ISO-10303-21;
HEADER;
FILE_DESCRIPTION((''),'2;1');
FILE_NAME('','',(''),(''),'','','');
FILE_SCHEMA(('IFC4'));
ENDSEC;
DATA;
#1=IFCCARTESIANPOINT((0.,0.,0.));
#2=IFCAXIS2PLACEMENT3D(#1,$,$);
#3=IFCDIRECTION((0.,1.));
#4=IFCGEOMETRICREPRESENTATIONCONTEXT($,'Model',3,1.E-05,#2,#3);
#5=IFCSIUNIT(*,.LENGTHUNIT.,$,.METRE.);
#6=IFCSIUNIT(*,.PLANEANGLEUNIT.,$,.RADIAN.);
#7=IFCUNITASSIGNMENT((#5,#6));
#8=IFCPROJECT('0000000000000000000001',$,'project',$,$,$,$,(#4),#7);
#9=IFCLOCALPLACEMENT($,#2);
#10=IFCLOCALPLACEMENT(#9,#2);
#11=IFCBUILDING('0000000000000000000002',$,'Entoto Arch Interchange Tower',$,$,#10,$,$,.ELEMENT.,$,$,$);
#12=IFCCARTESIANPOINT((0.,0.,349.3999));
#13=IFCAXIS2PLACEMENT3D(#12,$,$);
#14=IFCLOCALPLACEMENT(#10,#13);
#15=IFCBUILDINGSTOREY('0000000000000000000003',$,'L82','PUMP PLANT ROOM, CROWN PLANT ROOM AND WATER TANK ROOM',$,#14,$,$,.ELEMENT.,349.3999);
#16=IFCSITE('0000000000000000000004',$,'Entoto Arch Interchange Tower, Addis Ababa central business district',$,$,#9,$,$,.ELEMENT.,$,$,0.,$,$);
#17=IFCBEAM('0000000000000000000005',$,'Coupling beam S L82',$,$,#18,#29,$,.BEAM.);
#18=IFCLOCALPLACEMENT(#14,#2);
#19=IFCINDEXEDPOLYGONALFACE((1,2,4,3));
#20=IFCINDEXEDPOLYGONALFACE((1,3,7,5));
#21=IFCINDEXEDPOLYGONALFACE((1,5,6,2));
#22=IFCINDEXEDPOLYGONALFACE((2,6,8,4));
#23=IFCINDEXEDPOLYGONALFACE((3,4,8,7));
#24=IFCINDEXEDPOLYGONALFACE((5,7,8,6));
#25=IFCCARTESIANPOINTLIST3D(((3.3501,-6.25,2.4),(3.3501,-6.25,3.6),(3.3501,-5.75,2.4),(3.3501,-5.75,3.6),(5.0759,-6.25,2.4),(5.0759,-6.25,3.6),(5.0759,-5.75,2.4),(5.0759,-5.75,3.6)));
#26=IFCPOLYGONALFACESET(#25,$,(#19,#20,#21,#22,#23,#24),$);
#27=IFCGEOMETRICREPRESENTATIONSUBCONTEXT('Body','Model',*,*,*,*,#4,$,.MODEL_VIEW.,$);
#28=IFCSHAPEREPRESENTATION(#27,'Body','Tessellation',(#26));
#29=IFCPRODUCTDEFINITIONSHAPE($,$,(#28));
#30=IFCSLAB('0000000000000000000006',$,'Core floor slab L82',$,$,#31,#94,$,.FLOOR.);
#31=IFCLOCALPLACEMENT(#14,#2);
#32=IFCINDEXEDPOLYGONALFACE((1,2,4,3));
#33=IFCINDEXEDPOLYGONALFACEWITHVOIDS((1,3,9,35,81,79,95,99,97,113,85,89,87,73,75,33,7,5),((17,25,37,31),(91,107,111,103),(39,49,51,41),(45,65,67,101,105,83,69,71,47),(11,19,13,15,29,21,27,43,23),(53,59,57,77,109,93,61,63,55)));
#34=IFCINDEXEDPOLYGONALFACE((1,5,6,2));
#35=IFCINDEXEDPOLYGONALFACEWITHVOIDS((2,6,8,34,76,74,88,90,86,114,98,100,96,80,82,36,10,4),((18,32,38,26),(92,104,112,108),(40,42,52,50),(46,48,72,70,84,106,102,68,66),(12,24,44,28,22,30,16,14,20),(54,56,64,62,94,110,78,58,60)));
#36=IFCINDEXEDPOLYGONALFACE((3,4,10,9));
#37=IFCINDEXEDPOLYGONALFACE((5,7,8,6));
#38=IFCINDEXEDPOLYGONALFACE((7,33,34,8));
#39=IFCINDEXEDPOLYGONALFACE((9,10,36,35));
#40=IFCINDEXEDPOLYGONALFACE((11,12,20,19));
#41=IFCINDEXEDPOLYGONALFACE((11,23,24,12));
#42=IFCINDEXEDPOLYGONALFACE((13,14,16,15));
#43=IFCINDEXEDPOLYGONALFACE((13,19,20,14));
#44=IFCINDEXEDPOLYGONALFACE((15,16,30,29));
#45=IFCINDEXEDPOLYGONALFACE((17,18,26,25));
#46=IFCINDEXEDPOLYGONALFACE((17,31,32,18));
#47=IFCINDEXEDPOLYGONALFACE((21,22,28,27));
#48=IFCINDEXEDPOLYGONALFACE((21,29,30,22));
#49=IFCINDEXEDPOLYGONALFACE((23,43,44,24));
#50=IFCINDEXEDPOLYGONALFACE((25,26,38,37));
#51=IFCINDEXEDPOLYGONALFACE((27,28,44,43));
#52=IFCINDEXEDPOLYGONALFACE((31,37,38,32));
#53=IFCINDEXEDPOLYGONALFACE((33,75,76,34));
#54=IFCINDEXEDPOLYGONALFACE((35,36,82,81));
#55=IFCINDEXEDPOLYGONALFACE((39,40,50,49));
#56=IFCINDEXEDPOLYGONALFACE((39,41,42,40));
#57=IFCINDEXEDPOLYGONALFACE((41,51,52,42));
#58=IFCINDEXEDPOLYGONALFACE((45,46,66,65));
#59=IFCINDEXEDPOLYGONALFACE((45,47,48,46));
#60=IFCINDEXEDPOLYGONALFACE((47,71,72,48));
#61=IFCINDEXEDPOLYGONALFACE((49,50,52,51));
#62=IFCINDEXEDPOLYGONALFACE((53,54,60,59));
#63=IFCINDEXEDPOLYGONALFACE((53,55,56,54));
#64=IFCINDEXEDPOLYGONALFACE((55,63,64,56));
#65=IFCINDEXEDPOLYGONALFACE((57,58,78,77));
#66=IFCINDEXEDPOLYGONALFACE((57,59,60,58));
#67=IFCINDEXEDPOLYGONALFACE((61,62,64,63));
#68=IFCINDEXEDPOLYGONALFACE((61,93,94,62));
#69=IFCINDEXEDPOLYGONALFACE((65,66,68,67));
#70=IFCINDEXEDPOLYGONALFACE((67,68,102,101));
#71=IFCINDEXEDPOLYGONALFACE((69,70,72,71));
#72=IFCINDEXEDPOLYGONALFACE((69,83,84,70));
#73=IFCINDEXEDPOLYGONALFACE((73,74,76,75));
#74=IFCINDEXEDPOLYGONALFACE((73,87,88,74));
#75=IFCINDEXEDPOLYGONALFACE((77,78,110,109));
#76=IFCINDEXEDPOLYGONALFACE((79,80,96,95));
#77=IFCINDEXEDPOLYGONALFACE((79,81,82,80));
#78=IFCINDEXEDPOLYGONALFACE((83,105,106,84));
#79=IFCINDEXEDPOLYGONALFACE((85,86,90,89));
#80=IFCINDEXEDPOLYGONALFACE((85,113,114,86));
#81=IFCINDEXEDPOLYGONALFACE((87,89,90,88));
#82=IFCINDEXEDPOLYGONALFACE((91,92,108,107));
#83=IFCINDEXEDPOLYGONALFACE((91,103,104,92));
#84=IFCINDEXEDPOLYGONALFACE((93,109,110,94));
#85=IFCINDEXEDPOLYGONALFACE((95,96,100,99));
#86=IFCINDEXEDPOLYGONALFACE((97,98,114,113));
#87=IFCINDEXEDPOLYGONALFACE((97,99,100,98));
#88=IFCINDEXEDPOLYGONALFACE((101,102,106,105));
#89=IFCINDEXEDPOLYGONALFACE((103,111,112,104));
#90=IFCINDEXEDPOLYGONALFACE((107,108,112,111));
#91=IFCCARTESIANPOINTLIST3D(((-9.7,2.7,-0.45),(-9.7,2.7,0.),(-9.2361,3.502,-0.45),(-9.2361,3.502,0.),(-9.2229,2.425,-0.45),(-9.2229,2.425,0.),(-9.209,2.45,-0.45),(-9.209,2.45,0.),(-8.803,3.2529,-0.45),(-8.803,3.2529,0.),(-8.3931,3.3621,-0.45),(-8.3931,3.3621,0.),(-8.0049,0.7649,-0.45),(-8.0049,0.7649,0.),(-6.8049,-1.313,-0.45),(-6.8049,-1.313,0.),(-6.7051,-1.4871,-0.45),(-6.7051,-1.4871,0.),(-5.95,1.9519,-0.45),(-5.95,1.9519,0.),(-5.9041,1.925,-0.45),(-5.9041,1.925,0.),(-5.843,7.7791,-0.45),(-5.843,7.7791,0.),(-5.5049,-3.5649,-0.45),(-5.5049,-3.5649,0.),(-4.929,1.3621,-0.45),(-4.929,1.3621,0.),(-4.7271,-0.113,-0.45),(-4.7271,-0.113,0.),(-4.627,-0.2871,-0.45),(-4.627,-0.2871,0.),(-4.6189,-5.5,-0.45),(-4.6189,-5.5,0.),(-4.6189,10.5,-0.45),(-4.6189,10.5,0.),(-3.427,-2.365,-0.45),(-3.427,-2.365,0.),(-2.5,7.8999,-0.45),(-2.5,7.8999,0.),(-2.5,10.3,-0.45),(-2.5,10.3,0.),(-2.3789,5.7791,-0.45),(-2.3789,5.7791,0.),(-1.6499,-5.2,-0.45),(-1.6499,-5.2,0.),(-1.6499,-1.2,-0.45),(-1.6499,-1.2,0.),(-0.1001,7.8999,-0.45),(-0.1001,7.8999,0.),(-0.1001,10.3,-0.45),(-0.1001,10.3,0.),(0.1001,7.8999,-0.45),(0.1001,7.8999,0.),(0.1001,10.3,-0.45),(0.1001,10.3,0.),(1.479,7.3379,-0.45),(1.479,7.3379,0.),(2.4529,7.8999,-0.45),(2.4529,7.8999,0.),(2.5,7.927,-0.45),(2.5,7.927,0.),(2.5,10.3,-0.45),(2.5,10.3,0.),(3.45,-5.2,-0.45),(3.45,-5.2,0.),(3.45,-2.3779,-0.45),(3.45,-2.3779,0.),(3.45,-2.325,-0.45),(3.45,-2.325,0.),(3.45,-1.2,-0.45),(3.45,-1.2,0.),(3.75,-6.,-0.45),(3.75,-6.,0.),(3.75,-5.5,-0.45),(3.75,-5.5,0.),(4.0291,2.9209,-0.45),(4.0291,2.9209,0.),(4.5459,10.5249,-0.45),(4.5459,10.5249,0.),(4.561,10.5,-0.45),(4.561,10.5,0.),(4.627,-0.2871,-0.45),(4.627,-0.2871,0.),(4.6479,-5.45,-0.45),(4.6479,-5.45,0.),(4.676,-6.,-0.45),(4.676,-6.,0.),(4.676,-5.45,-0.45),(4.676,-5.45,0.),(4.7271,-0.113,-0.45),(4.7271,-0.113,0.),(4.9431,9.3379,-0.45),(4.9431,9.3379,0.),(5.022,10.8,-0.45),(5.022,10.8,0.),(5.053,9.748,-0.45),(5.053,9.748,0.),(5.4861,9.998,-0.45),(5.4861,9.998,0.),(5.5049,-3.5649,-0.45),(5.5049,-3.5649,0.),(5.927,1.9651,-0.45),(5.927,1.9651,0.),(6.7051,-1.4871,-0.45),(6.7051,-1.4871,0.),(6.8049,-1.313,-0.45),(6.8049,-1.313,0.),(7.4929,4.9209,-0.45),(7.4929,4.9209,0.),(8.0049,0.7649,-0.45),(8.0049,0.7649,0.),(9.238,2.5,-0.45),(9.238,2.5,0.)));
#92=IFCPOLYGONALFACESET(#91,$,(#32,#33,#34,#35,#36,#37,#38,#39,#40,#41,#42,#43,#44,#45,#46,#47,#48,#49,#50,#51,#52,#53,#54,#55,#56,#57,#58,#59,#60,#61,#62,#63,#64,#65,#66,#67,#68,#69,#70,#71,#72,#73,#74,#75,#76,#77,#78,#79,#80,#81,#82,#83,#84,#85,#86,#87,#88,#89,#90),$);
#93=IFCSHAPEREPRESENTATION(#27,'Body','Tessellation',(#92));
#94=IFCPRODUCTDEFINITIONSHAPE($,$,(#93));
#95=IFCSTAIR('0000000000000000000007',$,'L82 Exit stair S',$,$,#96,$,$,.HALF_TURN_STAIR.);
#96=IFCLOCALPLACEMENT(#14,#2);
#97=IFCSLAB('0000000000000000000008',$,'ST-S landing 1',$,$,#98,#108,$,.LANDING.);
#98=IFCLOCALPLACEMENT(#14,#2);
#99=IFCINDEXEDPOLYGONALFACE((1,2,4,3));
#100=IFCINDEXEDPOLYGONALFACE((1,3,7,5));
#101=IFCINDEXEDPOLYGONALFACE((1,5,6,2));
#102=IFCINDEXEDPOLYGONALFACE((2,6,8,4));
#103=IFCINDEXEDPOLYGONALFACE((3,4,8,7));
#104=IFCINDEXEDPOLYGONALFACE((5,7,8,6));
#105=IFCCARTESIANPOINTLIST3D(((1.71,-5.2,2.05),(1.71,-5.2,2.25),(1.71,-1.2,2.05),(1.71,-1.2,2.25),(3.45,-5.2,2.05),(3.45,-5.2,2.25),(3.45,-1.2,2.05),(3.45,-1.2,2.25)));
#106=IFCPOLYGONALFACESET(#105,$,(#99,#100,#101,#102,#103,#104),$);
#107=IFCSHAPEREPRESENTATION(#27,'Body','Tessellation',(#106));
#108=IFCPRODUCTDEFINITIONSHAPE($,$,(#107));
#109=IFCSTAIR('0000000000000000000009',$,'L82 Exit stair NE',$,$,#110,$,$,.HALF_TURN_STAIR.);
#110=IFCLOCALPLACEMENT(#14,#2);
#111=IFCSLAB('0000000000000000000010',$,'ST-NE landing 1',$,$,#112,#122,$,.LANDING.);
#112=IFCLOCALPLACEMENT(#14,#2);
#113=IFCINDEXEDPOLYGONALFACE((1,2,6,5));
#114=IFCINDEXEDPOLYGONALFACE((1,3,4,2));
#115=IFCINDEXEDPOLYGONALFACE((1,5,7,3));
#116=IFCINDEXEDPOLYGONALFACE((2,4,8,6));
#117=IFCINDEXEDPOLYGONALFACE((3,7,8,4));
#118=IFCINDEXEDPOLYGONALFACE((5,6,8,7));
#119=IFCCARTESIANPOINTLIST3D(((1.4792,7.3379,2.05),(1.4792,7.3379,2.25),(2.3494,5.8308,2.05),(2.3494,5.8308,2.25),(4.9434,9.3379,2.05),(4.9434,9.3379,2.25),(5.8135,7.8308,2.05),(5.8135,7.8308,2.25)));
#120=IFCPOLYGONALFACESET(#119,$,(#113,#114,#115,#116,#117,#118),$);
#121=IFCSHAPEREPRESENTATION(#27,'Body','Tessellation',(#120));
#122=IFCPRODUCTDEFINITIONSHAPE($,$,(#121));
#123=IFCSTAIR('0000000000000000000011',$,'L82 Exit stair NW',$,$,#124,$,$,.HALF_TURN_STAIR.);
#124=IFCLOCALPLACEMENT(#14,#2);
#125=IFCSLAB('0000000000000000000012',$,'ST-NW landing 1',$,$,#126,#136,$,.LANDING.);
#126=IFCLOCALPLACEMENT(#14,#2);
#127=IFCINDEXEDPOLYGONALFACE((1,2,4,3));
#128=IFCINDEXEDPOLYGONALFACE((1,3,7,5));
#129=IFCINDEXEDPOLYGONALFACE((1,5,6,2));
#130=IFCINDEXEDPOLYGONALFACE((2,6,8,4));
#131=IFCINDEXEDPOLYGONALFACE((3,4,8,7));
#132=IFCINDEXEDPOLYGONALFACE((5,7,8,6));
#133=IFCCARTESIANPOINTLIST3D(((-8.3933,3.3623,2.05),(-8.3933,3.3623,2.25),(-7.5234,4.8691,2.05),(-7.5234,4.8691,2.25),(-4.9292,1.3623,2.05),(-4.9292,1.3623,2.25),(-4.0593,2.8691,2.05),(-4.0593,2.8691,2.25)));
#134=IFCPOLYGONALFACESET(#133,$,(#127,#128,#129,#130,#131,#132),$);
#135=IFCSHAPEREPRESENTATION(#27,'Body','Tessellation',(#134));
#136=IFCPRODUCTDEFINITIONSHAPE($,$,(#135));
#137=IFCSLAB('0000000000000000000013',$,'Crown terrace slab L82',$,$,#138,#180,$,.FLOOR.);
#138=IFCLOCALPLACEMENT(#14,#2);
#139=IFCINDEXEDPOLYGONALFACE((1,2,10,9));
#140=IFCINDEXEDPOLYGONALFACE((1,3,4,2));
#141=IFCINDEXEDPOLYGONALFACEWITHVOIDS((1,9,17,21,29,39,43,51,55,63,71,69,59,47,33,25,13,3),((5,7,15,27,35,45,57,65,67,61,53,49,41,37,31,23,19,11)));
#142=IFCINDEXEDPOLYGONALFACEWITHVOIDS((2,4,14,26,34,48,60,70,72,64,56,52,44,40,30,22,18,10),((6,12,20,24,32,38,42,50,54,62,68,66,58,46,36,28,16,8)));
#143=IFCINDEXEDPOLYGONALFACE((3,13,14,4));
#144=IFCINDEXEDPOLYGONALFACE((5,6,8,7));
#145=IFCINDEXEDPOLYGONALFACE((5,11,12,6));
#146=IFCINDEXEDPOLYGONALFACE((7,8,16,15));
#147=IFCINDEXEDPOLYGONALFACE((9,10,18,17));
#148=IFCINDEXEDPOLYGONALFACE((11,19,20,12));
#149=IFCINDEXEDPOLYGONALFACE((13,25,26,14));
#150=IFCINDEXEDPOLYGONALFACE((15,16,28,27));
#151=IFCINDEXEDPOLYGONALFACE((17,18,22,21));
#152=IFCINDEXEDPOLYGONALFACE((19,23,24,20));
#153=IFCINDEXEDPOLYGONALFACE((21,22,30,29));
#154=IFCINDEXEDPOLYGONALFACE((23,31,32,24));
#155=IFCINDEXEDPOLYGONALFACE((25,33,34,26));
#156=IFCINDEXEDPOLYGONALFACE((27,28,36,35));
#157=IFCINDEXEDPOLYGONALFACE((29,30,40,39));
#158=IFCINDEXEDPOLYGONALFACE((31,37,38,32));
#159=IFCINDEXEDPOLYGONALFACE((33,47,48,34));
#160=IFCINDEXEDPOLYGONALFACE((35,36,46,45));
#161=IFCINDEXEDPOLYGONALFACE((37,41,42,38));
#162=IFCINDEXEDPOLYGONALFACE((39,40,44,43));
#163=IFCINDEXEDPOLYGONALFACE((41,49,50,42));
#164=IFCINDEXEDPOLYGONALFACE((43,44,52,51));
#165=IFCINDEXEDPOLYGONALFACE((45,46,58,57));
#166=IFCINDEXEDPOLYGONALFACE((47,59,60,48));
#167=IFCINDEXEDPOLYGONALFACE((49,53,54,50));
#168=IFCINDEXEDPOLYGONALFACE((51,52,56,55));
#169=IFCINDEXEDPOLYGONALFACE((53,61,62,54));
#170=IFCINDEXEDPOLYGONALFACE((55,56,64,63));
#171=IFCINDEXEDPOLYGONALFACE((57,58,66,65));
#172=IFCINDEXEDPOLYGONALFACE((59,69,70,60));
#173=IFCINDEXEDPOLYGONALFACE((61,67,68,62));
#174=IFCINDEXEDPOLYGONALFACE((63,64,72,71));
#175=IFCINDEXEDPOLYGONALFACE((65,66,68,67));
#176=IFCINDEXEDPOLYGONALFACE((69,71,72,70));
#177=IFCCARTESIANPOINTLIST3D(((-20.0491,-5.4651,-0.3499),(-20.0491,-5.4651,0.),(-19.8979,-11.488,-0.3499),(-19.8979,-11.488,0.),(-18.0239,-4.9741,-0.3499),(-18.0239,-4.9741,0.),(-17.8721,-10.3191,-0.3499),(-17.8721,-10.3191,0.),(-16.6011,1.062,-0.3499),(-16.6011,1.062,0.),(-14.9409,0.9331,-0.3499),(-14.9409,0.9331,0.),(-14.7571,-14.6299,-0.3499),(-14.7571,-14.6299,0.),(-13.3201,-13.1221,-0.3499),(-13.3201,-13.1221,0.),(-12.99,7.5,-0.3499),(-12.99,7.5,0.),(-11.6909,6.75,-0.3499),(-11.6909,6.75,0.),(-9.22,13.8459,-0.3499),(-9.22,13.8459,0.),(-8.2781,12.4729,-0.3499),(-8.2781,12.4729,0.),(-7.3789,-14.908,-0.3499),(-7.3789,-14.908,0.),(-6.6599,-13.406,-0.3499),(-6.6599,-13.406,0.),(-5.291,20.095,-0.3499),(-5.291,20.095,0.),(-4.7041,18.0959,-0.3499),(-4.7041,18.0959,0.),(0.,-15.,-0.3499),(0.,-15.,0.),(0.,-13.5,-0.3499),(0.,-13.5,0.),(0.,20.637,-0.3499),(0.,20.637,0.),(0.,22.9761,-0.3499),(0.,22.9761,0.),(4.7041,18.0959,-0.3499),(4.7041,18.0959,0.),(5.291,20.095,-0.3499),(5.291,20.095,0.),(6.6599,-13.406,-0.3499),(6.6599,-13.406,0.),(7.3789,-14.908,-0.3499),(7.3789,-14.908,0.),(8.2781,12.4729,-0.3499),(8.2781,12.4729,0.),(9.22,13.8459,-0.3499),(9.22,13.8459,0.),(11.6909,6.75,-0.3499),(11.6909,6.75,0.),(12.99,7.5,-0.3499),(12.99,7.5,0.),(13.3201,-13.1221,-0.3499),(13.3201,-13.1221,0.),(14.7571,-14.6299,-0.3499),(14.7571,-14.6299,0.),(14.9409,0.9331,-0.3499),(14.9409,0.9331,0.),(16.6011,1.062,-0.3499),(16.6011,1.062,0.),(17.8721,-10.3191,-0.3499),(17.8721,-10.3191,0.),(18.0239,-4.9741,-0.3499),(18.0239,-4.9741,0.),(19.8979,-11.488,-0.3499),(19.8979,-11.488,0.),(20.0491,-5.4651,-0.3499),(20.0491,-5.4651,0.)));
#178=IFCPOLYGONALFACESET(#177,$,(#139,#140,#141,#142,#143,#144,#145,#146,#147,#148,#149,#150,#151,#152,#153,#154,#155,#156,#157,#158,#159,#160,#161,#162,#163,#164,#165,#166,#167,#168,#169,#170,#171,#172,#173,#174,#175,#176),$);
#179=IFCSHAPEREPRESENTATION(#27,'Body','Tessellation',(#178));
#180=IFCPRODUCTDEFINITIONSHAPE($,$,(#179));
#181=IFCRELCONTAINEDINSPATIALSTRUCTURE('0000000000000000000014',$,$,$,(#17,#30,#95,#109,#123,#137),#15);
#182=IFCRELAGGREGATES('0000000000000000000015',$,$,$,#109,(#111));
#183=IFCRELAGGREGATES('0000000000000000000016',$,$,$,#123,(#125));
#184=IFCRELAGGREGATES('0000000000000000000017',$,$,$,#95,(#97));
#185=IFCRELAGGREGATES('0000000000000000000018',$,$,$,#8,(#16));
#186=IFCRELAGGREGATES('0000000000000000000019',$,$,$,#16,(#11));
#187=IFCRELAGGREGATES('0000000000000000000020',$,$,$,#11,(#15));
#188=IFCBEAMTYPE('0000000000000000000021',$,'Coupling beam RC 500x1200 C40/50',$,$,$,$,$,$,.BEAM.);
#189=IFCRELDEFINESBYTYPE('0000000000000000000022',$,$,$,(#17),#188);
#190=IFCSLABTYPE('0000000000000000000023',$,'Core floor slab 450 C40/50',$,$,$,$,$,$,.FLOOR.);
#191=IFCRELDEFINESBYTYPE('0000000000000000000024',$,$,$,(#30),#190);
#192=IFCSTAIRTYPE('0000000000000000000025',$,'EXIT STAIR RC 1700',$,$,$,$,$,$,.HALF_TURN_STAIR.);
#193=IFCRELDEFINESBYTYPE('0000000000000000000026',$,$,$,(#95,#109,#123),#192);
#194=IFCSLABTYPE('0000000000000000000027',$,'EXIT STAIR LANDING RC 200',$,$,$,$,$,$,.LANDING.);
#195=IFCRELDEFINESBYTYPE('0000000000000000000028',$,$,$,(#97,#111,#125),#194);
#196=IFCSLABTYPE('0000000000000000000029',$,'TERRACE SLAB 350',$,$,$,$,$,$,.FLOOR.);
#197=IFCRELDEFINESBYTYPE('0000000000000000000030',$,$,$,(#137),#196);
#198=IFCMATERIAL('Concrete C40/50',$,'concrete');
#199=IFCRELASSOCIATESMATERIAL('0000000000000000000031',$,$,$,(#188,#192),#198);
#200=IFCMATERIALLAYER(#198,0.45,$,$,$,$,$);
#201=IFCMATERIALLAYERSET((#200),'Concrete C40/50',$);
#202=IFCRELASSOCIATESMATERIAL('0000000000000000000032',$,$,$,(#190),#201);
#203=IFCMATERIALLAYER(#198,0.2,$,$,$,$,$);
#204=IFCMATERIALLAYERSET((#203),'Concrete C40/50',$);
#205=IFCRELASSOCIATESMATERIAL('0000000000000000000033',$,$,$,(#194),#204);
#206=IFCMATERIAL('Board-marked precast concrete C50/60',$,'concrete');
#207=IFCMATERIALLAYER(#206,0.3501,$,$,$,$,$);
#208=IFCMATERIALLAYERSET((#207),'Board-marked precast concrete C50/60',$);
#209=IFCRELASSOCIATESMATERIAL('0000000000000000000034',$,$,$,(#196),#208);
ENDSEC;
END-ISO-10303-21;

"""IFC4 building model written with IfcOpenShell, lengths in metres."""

from ifc_helpers import new_model, si_unit, direction, frame, origin, origin_2d, place, context, subcontext, project, spatial, polyline, rectangle, outline, extrude, material, layer, layer_set, material_profile, profile_set, type_object, element, aggregate, save


model = new_model("IFC4")

# Units and contexts
model_context = context("Model", 3, precision=1e-05, world=origin(), true_north=direction((0.0, 1.0)))
body_context = subcontext(model_context, "Body", "Model", "MODEL_VIEW")
ifc_project = project(units=[si_unit("LENGTHUNIT", "METRE"), si_unit("PLANEANGLEUNIT", "RADIAN")], contexts=[model_context])

# Site, building, storey
site_placement = place(None, origin())
site = spatial("IfcSite", under=ifc_project, at=site_placement, Name="Entoto Arch Interchange Tower, Addis Ababa central business district", CompositionType="ELEMENT", RefElevation=0.0)
building_placement = place(site_placement, origin())
building = spatial("IfcBuilding", under=site, at=building_placement, Name="Entoto Arch Interchange Tower", CompositionType="ELEMENT")
storey_placement = place(building_placement, frame((0.0, 0.0, 349.3999)))
storey = spatial("IfcBuildingStorey", under=building, at=storey_placement, Name="L82", Description="PUMP PLANT ROOM, CROWN PLANT ROOM AND WATER TANK ROOM", CompositionType="ELEMENT", Elevation=349.3999)

# Beam
ifc_material_1 = material(Name="Concrete C40/50", Category="concrete")
ifc_material_profile = material_profile(ifc_material_1, rectangle(XDim=0.5, YDim=1.2, at=origin_2d()))
ifc_profile_set = profile_set([ifc_material_profile], Name="Concrete C40/50")
beam_type = type_object("IfcBeamType", Name="Coupling beam RC 500x1200 C40/50", PredefinedType="BEAM", material=ifc_profile_set)
beam_placement = place(storey_placement, frame((3.3501, -6.0, 3.0), z_axis=(1.0, 0.0, 0.0), x_axis=(0.0, 1.0, 0.0)))
element("IfcBeam", 1, at=beam_placement, inside=storey, type_object=beam_type, Name="Coupling beam S L82", PredefinedType="BEAM", context=body_context, shape_type="SweptSolid", body=[
    extrude(rectangle(XDim=0.5, YDim=1.2, at=origin_2d()), origin(), (0.0, 0.0, 1.0), 1.7258),
])

# Slab
ifc_layer_1 = layer(ifc_material_1, 0.45)
ifc_layer_set_1 = layer_set([ifc_layer_1], Name="Concrete C40/50")
slab_type_1 = type_object("IfcSlabType", Name="Core floor slab 450 C40/50", PredefinedType="FLOOR", material=ifc_layer_set_1)
slab_1_placement = place(storey_placement, frame((0.0, 0.0, -0.45)))
element("IfcSlab", 2, at=slab_1_placement, inside=storey, type_object=slab_type_1, Name="Core floor slab L82", PredefinedType="FLOOR", context=body_context, shape_type="SweptSolid", body=[
    extrude(outline(polyline([(-9.209, 2.45), (-9.2229, 2.425), (-9.7, 2.7), (-9.2361, 3.502), (-8.803, 3.2529), (-4.6189, 10.5), (4.561, 10.5), (4.5459, 10.5249), (5.022, 10.8), (5.4861, 9.998), (5.053, 9.748), (9.238, 2.5), (4.6479, -5.45), (4.676, -5.45), (4.676, -6.0), (3.75, -6.0), (3.75, -5.5), (-4.6189, -5.5), (-9.209, 2.45)]), holes=[polyline([(-1.6499, -5.2), (3.45, -5.2), (3.45, -2.3779), (5.5049, -3.5649), (6.7051, -1.4871), (4.627, -0.2871), (3.45, -2.325), (3.45, -1.2), (-1.6499, -1.2), (-1.6499, -5.2)]), polyline([(-4.627, -0.2871), (-6.7051, -1.4871), (-5.5049, -3.5649), (-3.427, -2.365), (-4.627, -0.2871)]), polyline([(-5.9041, 1.925), (-4.929, 1.3621), (-2.3789, 5.7791), (-5.843, 7.7791), (-8.3931, 3.3621), (-5.95, 1.9519), (-8.0049, 0.7649), (-6.8049, -1.313), (-4.7271, -0.113), (-5.9041, 1.925)]), polyline([(4.7271, -0.113), (6.8049, -1.313), (8.0049, 0.7649), (5.927, 1.9651), (4.7271, -0.113)]), polyline([(2.5, 7.927), (2.5, 10.3), (0.1001, 10.3), (0.1001, 7.8999), (2.4529, 7.8999), (1.479, 7.3379), (4.0291, 2.9209), (7.4929, 4.9209), (4.9431, 9.3379), (2.5, 7.927)]), polyline([(-2.5, 7.8999), (-0.1001, 7.8999), (-0.1001, 10.3), (-2.5, 10.3), (-2.5, 7.8999)])]), origin(), (0.0, 0.0, 1.0), 0.45),
])

# Stairs, slabs
stair_type = type_object("IfcStairType", Name="EXIT STAIR RC 1700", PredefinedType="HALF_TURN_STAIR", material=ifc_material_1)
stair_1_placement = place(storey_placement, origin())
stair_1 = element("IfcStair", 3, at=stair_1_placement, inside=storey, type_object=stair_type, Name="L82 Exit stair S", PredefinedType="HALF_TURN_STAIR")
ifc_layer_2 = layer(ifc_material_1, 0.2)
ifc_layer_set_2 = layer_set([ifc_layer_2], Name="Concrete C40/50")
slab_type_2 = type_object("IfcSlabType", Name="EXIT STAIR LANDING RC 200", PredefinedType="LANDING", material=ifc_layer_set_2)
slab_2_placement = place(storey_placement, frame((0.0, 0.0, 2.05)))
slab_2 = element("IfcSlab", 4, at=slab_2_placement, type_object=slab_type_2, Name="ST-S landing 1", PredefinedType="LANDING", context=body_context, shape_type="SweptSolid", body=[
    extrude(outline(polyline([(1.71, -5.2), (3.45, -5.2), (3.45, -1.2), (1.71, -1.2), (1.71, -5.2)])), origin(), (0.0, 0.0, 1.0), 0.2),
])
stair_2_placement = place(storey_placement, origin())
stair_2 = element("IfcStair", 5, at=stair_2_placement, inside=storey, type_object=stair_type, Name="L82 Exit stair NE", PredefinedType="HALF_TURN_STAIR")
slab_3_placement = place(storey_placement, frame((0.0, 0.0, 2.05)))
slab_3 = element("IfcSlab", 6, at=slab_3_placement, type_object=slab_type_2, Name="ST-NE landing 1", PredefinedType="LANDING", context=body_context, shape_type="SweptSolid", body=[
    extrude(outline(polyline([(5.8135, 7.8308), (4.9434, 9.3379), (1.4792, 7.3379), (2.3494, 5.8308), (5.8135, 7.8308)])), origin(), (0.0, 0.0, 1.0), 0.2),
])
aggregate(stair_2, [slab_3])
stair_3_placement = place(storey_placement, origin())
stair_3 = element("IfcStair", 7, at=stair_3_placement, inside=storey, type_object=stair_type, Name="L82 Exit stair NW", PredefinedType="HALF_TURN_STAIR")
slab_4_placement = place(storey_placement, frame((0.0, 0.0, 2.05)))
slab_4 = element("IfcSlab", 8, at=slab_4_placement, type_object=slab_type_2, Name="ST-NW landing 1", PredefinedType="LANDING", context=body_context, shape_type="SweptSolid", body=[
    extrude(outline(polyline([(-7.5234, 4.8691), (-8.3933, 3.3623), (-4.9292, 1.3623), (-4.0593, 2.8691), (-7.5234, 4.8691)])), origin(), (0.0, 0.0, 1.0), 0.2),
])
aggregate(stair_3, [slab_4])

# Slab
ifc_material_2 = material(Name="Board-marked precast concrete C50/60", Category="concrete")
ifc_layer_3 = layer(ifc_material_2, 0.3501)
ifc_layer_set_3 = layer_set([ifc_layer_3], Name="Board-marked precast concrete C50/60")
slab_type_3 = type_object("IfcSlabType", Name="TERRACE SLAB 350", PredefinedType="FLOOR", material=ifc_layer_set_3)
slab_5_placement = place(storey_placement, frame((0.0, 0.0, -0.3499)))
element("IfcSlab", 9, at=slab_5_placement, inside=storey, type_object=slab_type_3, Name="Crown terrace slab L82", PredefinedType="FLOOR", context=body_context, shape_type="SweptSolid", body=[
    extrude(outline(polyline([(-19.8979, -11.488), (-20.0491, -5.4651), (-16.6011, 1.062), (-12.99, 7.5), (-9.22, 13.8459), (-5.291, 20.095), (0.0, 22.9761), (5.291, 20.095), (9.22, 13.8459), (12.99, 7.5), (16.6011, 1.062), (20.0491, -5.4651), (19.8979, -11.488), (14.7571, -14.6299), (7.3789, -14.908), (0.0, -15.0), (-7.3789, -14.908), (-14.7571, -14.6299), (-19.8979, -11.488)]), holes=[polyline([(-6.6599, -13.406), (0.0, -13.5), (6.6599, -13.406), (13.3201, -13.1221), (17.8721, -10.3191), (18.0239, -4.9741), (14.9409, 0.9331), (11.6909, 6.75), (8.2781, 12.4729), (4.7041, 18.0959), (0.0, 20.637), (-4.7041, 18.0959), (-8.2781, 12.4729), (-11.6909, 6.75), (-14.9409, 0.9331), (-18.0239, -4.9741), (-17.8721, -10.3191), (-13.3201, -13.1221), (-6.6599, -13.406)])]), origin(), (0.0, 0.0, 1.0), 0.3499),
])

aggregate(stair_1, [slab_2])

save(model, "model.ifc")
